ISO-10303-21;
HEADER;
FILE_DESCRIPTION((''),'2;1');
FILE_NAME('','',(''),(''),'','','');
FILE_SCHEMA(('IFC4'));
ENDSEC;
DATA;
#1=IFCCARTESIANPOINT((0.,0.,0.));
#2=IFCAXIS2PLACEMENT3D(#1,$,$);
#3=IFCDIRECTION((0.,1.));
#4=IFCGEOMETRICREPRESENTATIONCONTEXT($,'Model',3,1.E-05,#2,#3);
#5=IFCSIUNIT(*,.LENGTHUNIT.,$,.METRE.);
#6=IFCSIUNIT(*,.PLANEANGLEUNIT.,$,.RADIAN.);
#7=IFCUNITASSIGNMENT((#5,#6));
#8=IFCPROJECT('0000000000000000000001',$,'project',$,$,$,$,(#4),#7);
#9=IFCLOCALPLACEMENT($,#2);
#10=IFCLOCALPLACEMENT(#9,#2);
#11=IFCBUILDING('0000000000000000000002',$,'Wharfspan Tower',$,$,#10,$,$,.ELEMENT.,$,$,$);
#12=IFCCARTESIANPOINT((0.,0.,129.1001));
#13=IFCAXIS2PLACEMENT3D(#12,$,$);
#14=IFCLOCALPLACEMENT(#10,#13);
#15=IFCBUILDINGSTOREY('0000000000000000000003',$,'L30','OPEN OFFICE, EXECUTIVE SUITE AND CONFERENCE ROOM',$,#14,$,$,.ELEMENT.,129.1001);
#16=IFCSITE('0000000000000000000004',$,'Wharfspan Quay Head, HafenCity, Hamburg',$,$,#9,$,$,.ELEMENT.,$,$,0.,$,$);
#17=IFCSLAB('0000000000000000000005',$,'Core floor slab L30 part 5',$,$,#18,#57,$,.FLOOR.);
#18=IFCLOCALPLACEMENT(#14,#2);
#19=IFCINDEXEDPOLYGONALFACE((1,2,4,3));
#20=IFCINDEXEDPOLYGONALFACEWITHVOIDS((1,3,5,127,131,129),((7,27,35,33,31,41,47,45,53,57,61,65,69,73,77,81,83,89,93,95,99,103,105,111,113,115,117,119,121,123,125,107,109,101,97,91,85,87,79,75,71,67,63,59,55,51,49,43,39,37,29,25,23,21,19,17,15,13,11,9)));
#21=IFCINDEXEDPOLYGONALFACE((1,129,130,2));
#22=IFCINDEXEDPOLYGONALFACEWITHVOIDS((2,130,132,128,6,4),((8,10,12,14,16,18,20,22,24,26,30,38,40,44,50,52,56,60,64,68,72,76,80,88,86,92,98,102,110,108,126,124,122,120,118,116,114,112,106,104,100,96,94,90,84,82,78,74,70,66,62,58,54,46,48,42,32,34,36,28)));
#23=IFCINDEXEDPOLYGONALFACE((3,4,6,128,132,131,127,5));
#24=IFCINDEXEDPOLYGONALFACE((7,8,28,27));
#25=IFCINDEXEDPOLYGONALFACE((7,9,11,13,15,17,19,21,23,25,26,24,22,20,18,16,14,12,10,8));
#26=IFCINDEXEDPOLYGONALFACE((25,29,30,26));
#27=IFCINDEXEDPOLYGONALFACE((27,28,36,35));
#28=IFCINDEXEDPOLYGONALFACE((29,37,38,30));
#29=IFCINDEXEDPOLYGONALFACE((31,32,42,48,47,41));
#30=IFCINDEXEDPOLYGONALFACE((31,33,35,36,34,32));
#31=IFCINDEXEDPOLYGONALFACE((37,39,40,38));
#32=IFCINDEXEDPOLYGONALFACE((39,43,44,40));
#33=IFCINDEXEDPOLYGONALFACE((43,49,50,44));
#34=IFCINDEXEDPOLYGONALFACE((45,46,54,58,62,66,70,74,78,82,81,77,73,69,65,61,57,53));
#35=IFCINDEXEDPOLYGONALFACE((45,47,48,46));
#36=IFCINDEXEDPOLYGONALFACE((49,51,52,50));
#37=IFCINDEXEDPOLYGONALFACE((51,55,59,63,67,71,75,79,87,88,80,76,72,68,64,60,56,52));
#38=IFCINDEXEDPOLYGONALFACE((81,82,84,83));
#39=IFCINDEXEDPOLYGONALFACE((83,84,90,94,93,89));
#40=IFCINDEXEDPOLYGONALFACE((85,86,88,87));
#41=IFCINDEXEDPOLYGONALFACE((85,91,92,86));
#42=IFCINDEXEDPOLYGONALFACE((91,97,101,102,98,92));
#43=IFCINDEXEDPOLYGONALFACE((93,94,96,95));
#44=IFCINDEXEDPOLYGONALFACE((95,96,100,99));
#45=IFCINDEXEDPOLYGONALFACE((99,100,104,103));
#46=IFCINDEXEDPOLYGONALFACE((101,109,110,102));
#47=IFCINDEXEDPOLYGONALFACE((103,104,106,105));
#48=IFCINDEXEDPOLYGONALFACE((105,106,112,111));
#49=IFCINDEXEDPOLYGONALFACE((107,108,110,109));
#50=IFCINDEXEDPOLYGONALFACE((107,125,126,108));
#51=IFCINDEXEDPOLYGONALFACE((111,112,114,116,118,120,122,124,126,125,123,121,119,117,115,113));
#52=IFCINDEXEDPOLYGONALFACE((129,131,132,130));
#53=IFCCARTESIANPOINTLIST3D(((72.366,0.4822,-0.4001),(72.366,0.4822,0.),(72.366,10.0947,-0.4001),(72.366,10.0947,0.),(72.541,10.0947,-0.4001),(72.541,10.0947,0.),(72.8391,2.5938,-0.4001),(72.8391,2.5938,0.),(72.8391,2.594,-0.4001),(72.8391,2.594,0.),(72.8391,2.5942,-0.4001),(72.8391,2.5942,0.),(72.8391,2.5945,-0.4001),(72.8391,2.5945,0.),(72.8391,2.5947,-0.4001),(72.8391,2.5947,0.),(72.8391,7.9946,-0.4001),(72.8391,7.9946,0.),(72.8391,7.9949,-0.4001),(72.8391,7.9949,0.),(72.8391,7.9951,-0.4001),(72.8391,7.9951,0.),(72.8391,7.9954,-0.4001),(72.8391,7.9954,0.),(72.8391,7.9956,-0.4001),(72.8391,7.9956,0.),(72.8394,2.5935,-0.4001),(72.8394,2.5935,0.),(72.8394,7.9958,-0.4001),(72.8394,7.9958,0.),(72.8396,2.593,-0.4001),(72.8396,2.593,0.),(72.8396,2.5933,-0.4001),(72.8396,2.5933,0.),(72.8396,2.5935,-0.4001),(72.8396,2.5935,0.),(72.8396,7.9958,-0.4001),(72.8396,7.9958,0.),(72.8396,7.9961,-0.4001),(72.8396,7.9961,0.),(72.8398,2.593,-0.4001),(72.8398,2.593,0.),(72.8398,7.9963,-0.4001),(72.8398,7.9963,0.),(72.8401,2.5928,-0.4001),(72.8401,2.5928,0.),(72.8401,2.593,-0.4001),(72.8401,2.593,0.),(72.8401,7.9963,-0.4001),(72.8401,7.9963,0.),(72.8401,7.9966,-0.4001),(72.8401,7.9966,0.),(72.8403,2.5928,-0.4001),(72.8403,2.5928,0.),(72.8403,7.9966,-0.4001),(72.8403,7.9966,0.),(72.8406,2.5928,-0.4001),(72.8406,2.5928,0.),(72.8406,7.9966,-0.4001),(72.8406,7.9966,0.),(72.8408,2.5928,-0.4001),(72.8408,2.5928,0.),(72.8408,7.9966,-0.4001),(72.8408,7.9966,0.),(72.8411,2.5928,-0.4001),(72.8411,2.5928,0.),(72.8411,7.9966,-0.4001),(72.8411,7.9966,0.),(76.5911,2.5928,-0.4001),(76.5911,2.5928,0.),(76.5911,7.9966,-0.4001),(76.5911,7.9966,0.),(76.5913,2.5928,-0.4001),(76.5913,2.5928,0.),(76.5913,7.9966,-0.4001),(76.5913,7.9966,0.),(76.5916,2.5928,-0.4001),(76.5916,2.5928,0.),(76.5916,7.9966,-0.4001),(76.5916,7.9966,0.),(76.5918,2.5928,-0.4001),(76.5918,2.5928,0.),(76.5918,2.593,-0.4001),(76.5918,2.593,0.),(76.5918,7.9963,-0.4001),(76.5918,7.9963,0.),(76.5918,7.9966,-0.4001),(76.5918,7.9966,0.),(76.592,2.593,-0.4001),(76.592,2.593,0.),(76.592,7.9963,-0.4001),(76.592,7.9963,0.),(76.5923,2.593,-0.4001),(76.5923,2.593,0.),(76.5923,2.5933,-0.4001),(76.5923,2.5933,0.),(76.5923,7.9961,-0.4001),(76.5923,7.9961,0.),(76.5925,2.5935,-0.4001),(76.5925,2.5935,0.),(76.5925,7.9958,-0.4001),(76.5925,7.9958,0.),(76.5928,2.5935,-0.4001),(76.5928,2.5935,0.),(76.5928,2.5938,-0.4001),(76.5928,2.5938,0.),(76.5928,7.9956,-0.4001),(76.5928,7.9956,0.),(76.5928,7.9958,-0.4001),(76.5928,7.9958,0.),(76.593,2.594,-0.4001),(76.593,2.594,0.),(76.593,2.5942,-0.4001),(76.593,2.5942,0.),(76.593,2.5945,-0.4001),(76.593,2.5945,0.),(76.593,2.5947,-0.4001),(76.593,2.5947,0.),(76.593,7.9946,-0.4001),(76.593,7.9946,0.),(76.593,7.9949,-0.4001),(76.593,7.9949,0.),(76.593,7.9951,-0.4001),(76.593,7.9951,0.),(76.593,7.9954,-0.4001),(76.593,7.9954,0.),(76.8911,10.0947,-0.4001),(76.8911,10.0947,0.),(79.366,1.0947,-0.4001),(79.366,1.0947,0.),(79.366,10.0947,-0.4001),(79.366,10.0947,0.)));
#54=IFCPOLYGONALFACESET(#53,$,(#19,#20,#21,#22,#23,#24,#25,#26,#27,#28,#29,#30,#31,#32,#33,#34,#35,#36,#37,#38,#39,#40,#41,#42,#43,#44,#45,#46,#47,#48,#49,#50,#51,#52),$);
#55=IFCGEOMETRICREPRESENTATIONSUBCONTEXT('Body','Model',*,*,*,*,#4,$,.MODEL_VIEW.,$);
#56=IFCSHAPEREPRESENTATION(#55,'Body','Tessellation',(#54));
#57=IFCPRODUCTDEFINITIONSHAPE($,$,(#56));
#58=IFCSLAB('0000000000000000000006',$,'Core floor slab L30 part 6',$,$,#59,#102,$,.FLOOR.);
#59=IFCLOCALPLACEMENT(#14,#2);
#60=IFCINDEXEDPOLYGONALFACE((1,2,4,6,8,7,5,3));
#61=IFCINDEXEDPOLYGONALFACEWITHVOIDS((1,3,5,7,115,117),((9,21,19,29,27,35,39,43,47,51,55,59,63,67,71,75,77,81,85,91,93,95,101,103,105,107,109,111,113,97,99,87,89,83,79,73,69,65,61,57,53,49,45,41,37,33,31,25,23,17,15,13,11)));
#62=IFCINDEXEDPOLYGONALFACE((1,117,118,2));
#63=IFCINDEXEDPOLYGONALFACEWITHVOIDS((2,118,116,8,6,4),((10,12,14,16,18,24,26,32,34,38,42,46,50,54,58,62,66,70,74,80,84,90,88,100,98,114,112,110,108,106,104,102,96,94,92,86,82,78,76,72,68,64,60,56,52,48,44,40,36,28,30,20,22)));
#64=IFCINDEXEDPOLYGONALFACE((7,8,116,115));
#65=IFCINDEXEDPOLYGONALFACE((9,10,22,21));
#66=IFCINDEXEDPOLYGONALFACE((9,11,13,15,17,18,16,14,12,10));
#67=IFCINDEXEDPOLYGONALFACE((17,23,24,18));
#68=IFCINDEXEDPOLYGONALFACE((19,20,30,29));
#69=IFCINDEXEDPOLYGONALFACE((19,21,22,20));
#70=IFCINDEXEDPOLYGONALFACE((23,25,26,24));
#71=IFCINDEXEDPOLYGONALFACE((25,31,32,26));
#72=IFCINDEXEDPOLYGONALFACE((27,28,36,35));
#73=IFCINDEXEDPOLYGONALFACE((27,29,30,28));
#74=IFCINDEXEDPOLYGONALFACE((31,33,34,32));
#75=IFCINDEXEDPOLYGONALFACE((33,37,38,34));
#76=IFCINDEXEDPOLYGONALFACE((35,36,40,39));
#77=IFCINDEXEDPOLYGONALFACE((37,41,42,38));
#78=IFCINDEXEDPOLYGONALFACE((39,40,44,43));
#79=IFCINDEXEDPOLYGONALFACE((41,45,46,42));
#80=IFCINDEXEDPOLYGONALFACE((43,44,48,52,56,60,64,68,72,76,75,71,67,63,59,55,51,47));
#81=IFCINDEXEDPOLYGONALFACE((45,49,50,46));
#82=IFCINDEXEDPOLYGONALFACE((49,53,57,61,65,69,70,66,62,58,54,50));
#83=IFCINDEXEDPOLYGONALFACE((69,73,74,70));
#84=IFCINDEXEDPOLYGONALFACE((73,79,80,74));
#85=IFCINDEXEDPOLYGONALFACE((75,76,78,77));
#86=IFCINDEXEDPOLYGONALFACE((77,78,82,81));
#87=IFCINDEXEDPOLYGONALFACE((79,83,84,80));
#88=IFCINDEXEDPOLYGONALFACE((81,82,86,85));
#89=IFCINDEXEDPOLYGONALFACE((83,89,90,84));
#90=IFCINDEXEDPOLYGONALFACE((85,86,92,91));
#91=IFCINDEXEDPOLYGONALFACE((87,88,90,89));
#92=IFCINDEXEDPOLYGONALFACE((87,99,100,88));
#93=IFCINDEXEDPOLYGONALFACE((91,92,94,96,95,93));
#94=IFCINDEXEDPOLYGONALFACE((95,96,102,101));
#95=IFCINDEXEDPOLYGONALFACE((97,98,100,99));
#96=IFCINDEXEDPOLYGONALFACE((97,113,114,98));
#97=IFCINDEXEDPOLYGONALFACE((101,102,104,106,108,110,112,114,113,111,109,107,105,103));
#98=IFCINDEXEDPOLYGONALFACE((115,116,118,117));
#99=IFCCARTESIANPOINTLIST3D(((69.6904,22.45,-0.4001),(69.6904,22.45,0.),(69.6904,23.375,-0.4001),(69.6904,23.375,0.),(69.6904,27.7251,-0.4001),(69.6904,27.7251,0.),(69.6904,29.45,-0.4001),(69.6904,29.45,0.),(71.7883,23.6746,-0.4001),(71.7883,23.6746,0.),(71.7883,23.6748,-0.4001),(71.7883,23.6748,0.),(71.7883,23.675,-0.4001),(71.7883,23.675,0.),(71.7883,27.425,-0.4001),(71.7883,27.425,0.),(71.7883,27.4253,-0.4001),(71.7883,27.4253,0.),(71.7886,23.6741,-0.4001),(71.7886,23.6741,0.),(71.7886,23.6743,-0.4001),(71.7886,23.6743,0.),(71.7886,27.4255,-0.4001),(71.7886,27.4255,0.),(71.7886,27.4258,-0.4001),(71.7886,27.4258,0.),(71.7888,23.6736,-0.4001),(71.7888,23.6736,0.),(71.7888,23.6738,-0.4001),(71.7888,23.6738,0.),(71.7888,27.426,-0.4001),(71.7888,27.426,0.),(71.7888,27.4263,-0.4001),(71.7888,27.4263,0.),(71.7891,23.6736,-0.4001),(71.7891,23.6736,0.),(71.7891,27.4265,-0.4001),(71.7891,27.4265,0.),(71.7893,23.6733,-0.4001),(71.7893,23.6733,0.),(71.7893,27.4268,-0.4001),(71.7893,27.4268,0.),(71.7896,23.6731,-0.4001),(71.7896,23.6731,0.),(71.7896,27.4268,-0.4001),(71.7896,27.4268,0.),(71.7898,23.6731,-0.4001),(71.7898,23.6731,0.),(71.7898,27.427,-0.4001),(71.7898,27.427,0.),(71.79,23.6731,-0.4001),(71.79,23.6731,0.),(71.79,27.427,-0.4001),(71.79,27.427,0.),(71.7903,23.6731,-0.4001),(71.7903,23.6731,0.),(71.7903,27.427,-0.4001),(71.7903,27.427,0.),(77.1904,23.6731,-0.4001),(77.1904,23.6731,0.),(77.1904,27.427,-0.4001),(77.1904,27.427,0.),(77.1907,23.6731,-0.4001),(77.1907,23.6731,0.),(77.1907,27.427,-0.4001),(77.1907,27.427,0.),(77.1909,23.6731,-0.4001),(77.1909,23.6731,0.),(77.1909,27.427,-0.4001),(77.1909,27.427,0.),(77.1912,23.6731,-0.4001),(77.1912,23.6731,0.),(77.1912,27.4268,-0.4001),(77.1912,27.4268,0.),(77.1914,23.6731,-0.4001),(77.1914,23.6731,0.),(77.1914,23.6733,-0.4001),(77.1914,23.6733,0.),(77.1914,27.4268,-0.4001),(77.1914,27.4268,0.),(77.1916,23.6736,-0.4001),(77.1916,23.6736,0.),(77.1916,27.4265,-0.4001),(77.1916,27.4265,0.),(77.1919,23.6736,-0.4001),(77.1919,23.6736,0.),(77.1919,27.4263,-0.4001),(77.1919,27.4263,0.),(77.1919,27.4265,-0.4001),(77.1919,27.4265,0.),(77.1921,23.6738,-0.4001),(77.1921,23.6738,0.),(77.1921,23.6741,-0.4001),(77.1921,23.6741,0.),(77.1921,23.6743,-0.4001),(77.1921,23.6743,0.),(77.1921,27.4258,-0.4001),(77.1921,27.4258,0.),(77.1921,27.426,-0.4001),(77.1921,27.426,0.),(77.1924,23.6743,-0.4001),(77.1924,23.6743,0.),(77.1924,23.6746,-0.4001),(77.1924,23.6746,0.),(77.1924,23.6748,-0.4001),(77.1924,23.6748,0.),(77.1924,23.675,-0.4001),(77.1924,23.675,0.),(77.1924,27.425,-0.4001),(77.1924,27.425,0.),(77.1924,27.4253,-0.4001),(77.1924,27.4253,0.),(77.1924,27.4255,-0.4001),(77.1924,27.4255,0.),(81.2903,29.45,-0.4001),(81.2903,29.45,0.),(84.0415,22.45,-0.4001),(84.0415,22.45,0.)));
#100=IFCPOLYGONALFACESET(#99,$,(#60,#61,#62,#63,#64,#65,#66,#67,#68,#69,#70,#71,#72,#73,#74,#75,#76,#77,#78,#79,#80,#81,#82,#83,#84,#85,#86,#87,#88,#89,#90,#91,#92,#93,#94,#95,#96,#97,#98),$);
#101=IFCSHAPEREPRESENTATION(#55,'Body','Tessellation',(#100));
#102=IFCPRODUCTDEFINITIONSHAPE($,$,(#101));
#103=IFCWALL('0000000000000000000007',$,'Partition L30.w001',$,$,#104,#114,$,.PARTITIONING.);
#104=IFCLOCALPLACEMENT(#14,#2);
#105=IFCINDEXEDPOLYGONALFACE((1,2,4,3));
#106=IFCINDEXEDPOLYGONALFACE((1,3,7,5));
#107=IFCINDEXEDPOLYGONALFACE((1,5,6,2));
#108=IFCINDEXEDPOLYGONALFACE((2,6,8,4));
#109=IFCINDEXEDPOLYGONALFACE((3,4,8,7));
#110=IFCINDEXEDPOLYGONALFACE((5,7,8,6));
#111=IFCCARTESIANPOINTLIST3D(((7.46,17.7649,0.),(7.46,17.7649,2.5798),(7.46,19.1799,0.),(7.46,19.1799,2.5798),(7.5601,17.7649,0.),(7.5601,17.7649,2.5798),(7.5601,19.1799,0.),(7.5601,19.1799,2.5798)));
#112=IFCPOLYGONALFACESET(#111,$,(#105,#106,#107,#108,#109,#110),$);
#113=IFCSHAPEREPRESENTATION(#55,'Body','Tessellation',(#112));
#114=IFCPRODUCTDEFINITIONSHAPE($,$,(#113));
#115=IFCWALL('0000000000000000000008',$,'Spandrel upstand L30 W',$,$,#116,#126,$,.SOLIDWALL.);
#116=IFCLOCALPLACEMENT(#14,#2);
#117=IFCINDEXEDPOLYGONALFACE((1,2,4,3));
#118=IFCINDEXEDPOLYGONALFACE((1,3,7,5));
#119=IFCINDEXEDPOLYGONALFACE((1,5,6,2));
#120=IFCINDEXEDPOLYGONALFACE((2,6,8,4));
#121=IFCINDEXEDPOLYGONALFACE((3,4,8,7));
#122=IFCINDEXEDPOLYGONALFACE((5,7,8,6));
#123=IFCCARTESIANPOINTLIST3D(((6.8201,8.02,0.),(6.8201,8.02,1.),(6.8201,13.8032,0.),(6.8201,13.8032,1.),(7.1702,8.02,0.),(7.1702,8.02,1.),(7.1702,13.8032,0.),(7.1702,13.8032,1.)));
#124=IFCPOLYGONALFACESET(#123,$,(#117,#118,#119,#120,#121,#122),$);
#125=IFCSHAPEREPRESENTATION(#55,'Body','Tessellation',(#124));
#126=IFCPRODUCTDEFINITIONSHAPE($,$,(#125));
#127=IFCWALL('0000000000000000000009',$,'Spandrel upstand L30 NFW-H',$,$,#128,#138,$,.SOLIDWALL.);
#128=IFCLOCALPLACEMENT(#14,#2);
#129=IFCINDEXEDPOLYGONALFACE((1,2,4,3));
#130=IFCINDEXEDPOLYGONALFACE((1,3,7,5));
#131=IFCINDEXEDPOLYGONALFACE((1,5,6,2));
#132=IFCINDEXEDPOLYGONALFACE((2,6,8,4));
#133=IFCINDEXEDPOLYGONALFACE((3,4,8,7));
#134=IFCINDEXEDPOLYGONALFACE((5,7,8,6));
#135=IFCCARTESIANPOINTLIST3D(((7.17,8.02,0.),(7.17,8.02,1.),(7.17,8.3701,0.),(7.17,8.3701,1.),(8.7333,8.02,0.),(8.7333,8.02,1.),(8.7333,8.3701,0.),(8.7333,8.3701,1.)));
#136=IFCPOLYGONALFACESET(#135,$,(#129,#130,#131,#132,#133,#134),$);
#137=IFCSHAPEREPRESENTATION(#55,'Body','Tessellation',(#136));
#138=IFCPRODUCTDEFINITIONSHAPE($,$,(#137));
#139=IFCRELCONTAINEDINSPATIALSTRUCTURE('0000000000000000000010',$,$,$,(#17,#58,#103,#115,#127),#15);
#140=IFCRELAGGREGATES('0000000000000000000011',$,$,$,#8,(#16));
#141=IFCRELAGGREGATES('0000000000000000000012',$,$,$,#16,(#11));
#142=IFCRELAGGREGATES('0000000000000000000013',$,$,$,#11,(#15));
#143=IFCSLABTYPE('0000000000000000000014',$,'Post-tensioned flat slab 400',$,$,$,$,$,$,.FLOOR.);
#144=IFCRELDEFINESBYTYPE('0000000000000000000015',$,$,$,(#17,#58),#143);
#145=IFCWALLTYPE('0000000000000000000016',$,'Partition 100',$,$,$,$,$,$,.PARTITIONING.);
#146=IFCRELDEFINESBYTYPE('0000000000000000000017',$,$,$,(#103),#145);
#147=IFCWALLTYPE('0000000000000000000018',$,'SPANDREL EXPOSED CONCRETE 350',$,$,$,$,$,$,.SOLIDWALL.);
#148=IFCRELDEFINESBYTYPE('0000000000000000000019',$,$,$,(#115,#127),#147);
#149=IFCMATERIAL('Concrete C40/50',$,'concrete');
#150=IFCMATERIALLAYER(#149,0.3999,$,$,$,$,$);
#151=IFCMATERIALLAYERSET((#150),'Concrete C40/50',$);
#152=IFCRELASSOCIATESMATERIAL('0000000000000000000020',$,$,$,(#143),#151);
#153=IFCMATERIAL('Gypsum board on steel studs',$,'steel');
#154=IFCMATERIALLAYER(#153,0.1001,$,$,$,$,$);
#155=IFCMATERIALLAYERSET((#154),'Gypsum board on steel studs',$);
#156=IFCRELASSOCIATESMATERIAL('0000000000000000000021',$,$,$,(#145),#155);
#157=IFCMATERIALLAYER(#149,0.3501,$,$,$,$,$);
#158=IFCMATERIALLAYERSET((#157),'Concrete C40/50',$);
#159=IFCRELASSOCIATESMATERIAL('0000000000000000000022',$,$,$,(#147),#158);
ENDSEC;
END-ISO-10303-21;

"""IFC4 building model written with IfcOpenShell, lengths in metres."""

from ifc_helpers import new_model, si_unit, direction, frame, frame_2d, origin, place, context, subcontext, project, spatial, polyline, rectangle, outline, extrude, material, layer, layer_set, type_object, element, save


model = new_model("IFC4")

# Units and contexts
model_context = context("Model", 3, precision=1e-05, world=origin(), true_north=direction((0.0, 1.0)))
body_context = subcontext(model_context, "Body", "Model", "MODEL_VIEW")
ifc_project = project(units=[si_unit("LENGTHUNIT", "METRE"), si_unit("PLANEANGLEUNIT", "RADIAN")], contexts=[model_context])

# Site, building, storey
site_placement = place(None, origin())
site = spatial("IfcSite", under=ifc_project, at=site_placement, Name="Wharfspan Quay Head, HafenCity, Hamburg", CompositionType="ELEMENT", RefElevation=0.0)
building_placement = place(site_placement, origin())
building = spatial("IfcBuilding", under=site, at=building_placement, Name="Wharfspan Tower", CompositionType="ELEMENT")
storey_placement = place(building_placement, frame((0.0, 0.0, 129.1001)))
storey = spatial("IfcBuildingStorey", under=building, at=storey_placement, Name="L30", Description="OPEN OFFICE, EXECUTIVE SUITE AND CONFERENCE ROOM", CompositionType="ELEMENT", Elevation=129.1001)

# Slabs
ifc_material_1 = material(Name="Concrete C40/50", Category="concrete")
ifc_layer_1 = layer(ifc_material_1, 0.3999)
ifc_layer_set_1 = layer_set([ifc_layer_1], Name="Concrete C40/50")
slab_type = type_object("IfcSlabType", Name="Post-tensioned flat slab 400", PredefinedType="FLOOR", material=ifc_layer_set_1)
slab_1_placement = place(storey_placement, frame((0.0, 0.0, -0.4001)))
element("IfcSlab", 1, at=slab_1_placement, inside=storey, type_object=slab_type, Name="Core floor slab L30 part 5", PredefinedType="FLOOR", context=body_context, shape_type="SweptSolid", body=[
    extrude(outline(polyline([(79.366, 10.0947), (76.8911, 10.0947), (72.541, 10.0947), (72.366, 10.0947), (72.366, 0.4822), (79.366, 1.0947), (79.366, 10.0947)]), holes=[polyline([(76.5911, 7.9966), (76.5913, 7.9966), (76.5913, 7.9966), (76.5916, 7.9966), (76.5918, 7.9966), (76.5918, 7.9963), (76.592, 7.9963), (76.5923, 7.9961), (76.5923, 7.9961), (76.5925, 7.9958), (76.5928, 7.9958), (76.5928, 7.9956), (76.593, 7.9954), (76.593, 7.9951), (76.593, 7.9951), (76.593, 7.9949), (76.593, 7.9946), (76.593, 2.5947), (76.593, 2.5945), (76.593, 2.5942), (76.593, 2.594), (76.593, 2.594), (76.5928, 2.5938), (76.5928, 2.5935), (76.5925, 2.5935), (76.5923, 2.5933), (76.5923, 2.593), (76.592, 2.593), (76.5918, 2.593), (76.5918, 2.5928), (76.5916, 2.5928), (76.5913, 2.5928), (76.5913, 2.5928), (76.5911, 2.5928), (72.8411, 2.5928), (72.8408, 2.5928), (72.8406, 2.5928), (72.8403, 2.5928), (72.8401, 2.5928), (72.8401, 2.593), (72.8398, 2.593), (72.8396, 2.593), (72.8396, 2.5933), (72.8396, 2.5935), (72.8394, 2.5935), (72.8391, 2.5938), (72.8391, 2.594), (72.8391, 2.594), (72.8391, 2.5942), (72.8391, 2.5945), (72.8391, 2.5947), (72.8391, 7.9946), (72.8391, 7.9949), (72.8391, 7.9951), (72.8391, 7.9951), (72.8391, 7.9954), (72.8391, 7.9956), (72.8394, 7.9958), (72.8396, 7.9958), (72.8396, 7.9961), (72.8396, 7.9961), (72.8398, 7.9963), (72.8401, 7.9963), (72.8401, 7.9966), (72.8403, 7.9966), (72.8406, 7.9966), (72.8408, 7.9966), (72.8411, 7.9966), (76.5911, 7.9966)])]), origin(), (0.0, 0.0, 1.0), 0.4001),
])
slab_2_placement = place(storey_placement, frame((0.0, 0.0, -0.4001)))
element("IfcSlab", 2, at=slab_2_placement, inside=storey, type_object=slab_type, Name="Core floor slab L30 part 6", PredefinedType="FLOOR", context=body_context, shape_type="SweptSolid", body=[
    extrude(outline(polyline([(81.2903, 29.45), (69.6904, 29.45), (69.6904, 27.7251), (69.6904, 23.375), (69.6904, 22.45), (84.0415, 22.45), (81.2903, 29.45)]), holes=[polyline([(71.7903, 23.6731), (71.7903, 23.6731), (71.79, 23.6731), (71.7898, 23.6731), (71.7896, 23.6731), (71.7896, 23.6731), (71.7893, 23.6733), (71.7891, 23.6736), (71.7891, 23.6736), (71.7888, 23.6736), (71.7888, 23.6738), (71.7886, 23.6741), (71.7886, 23.6743), (71.7886, 23.6743), (71.7883, 23.6746), (71.7883, 23.6748), (71.7883, 23.675), (71.7883, 27.425), (71.7883, 27.4253), (71.7883, 27.4253), (71.7886, 27.4255), (71.7886, 27.4258), (71.7886, 27.4258), (71.7888, 27.426), (71.7888, 27.4263), (71.7891, 27.4265), (71.7891, 27.4265), (71.7893, 27.4268), (71.7896, 27.4268), (71.7896, 27.4268), (71.7898, 27.427), (71.79, 27.427), (71.7903, 27.427), (71.7903, 27.427), (77.1904, 27.427), (77.1907, 27.427), (77.1909, 27.427), (77.1909, 27.427), (77.1912, 27.4268), (77.1914, 27.4268), (77.1914, 27.4268), (77.1916, 27.4265), (77.1919, 27.4265), (77.1919, 27.4263), (77.1921, 27.426), (77.1921, 27.4258), (77.1921, 27.4258), (77.1924, 27.4255), (77.1924, 27.4253), (77.1924, 27.4253), (77.1924, 27.425), (77.1924, 23.675), (77.1924, 23.6748), (77.1924, 23.6746), (77.1924, 23.6743), (77.1921, 23.6743), (77.1921, 23.6741), (77.1921, 23.6738), (77.1919, 23.6736), (77.1919, 23.6736), (77.1916, 23.6736), (77.1914, 23.6733), (77.1914, 23.6731), (77.1912, 23.6731), (77.1909, 23.6731), (77.1909, 23.6731), (77.1907, 23.6731), (77.1904, 23.6731), (71.7903, 23.6731)])]), origin(), (0.0, 0.0, 1.0), 0.4001),
])

# Walls
ifc_material_2 = material(Name="Gypsum board on steel studs", Category="steel")
ifc_layer_2 = layer(ifc_material_2, 0.1001)
ifc_layer_set_2 = layer_set([ifc_layer_2], Name="Gypsum board on steel studs")
wall_type_1 = type_object("IfcWallType", Name="Partition 100", PredefinedType="PARTITIONING", material=ifc_layer_set_2)
wall_1_placement = place(storey_placement, frame((7.51, 17.7649, 0.0), z_axis=(0.0, 0.0, 1.0), x_axis=(0.0, 1.0, 0.0)))
element("IfcWall", 3, at=wall_1_placement, inside=storey, type_object=wall_type_1, Name="Partition L30.w001", PredefinedType="PARTITIONING", context=body_context, shape_type="SweptSolid", body=[
    extrude(rectangle(XDim=1.415, YDim=0.1001, at=frame_2d((0.7075, 0.0))), origin(), (0.0, 0.0, 1.0), 2.5798),
])
ifc_layer_3 = layer(ifc_material_1, 0.3501)
ifc_layer_set_3 = layer_set([ifc_layer_3], Name="Concrete C40/50")
wall_type_2 = type_object("IfcWallType", Name="SPANDREL EXPOSED CONCRETE 350", PredefinedType="SOLIDWALL", material=ifc_layer_set_3)
wall_2_placement = place(storey_placement, frame((6.9951, 13.8032, 0.0), z_axis=(0.0, 0.0, 1.0), x_axis=(0.0, -1.0, 0.0)))
element("IfcWall", 4, at=wall_2_placement, inside=storey, type_object=wall_type_2, Name="Spandrel upstand L30 W", PredefinedType="SOLIDWALL", context=body_context, shape_type="SweptSolid", body=[
    extrude(rectangle(XDim=5.7832, YDim=0.3501, at=frame_2d((2.8916, 0.0))), origin(), (0.0, 0.0, 1.0), 1.0),
])
wall_3_placement = place(storey_placement, frame((7.1699, 8.1951, 0.0), z_axis=(0.0, 0.0, 1.0), x_axis=(1.0, 0.0, 0.0)))
element("IfcWall", 5, at=wall_3_placement, inside=storey, type_object=wall_type_2, Name="Spandrel upstand L30 NFW-H", PredefinedType="SOLIDWALL", context=body_context, shape_type="SweptSolid", body=[
    extrude(rectangle(XDim=1.5632, YDim=0.3501, at=frame_2d((0.7817, 0.0))), origin(), (0.0, 0.0, 1.0), 1.0),
])

save(model, "model.ifc")
